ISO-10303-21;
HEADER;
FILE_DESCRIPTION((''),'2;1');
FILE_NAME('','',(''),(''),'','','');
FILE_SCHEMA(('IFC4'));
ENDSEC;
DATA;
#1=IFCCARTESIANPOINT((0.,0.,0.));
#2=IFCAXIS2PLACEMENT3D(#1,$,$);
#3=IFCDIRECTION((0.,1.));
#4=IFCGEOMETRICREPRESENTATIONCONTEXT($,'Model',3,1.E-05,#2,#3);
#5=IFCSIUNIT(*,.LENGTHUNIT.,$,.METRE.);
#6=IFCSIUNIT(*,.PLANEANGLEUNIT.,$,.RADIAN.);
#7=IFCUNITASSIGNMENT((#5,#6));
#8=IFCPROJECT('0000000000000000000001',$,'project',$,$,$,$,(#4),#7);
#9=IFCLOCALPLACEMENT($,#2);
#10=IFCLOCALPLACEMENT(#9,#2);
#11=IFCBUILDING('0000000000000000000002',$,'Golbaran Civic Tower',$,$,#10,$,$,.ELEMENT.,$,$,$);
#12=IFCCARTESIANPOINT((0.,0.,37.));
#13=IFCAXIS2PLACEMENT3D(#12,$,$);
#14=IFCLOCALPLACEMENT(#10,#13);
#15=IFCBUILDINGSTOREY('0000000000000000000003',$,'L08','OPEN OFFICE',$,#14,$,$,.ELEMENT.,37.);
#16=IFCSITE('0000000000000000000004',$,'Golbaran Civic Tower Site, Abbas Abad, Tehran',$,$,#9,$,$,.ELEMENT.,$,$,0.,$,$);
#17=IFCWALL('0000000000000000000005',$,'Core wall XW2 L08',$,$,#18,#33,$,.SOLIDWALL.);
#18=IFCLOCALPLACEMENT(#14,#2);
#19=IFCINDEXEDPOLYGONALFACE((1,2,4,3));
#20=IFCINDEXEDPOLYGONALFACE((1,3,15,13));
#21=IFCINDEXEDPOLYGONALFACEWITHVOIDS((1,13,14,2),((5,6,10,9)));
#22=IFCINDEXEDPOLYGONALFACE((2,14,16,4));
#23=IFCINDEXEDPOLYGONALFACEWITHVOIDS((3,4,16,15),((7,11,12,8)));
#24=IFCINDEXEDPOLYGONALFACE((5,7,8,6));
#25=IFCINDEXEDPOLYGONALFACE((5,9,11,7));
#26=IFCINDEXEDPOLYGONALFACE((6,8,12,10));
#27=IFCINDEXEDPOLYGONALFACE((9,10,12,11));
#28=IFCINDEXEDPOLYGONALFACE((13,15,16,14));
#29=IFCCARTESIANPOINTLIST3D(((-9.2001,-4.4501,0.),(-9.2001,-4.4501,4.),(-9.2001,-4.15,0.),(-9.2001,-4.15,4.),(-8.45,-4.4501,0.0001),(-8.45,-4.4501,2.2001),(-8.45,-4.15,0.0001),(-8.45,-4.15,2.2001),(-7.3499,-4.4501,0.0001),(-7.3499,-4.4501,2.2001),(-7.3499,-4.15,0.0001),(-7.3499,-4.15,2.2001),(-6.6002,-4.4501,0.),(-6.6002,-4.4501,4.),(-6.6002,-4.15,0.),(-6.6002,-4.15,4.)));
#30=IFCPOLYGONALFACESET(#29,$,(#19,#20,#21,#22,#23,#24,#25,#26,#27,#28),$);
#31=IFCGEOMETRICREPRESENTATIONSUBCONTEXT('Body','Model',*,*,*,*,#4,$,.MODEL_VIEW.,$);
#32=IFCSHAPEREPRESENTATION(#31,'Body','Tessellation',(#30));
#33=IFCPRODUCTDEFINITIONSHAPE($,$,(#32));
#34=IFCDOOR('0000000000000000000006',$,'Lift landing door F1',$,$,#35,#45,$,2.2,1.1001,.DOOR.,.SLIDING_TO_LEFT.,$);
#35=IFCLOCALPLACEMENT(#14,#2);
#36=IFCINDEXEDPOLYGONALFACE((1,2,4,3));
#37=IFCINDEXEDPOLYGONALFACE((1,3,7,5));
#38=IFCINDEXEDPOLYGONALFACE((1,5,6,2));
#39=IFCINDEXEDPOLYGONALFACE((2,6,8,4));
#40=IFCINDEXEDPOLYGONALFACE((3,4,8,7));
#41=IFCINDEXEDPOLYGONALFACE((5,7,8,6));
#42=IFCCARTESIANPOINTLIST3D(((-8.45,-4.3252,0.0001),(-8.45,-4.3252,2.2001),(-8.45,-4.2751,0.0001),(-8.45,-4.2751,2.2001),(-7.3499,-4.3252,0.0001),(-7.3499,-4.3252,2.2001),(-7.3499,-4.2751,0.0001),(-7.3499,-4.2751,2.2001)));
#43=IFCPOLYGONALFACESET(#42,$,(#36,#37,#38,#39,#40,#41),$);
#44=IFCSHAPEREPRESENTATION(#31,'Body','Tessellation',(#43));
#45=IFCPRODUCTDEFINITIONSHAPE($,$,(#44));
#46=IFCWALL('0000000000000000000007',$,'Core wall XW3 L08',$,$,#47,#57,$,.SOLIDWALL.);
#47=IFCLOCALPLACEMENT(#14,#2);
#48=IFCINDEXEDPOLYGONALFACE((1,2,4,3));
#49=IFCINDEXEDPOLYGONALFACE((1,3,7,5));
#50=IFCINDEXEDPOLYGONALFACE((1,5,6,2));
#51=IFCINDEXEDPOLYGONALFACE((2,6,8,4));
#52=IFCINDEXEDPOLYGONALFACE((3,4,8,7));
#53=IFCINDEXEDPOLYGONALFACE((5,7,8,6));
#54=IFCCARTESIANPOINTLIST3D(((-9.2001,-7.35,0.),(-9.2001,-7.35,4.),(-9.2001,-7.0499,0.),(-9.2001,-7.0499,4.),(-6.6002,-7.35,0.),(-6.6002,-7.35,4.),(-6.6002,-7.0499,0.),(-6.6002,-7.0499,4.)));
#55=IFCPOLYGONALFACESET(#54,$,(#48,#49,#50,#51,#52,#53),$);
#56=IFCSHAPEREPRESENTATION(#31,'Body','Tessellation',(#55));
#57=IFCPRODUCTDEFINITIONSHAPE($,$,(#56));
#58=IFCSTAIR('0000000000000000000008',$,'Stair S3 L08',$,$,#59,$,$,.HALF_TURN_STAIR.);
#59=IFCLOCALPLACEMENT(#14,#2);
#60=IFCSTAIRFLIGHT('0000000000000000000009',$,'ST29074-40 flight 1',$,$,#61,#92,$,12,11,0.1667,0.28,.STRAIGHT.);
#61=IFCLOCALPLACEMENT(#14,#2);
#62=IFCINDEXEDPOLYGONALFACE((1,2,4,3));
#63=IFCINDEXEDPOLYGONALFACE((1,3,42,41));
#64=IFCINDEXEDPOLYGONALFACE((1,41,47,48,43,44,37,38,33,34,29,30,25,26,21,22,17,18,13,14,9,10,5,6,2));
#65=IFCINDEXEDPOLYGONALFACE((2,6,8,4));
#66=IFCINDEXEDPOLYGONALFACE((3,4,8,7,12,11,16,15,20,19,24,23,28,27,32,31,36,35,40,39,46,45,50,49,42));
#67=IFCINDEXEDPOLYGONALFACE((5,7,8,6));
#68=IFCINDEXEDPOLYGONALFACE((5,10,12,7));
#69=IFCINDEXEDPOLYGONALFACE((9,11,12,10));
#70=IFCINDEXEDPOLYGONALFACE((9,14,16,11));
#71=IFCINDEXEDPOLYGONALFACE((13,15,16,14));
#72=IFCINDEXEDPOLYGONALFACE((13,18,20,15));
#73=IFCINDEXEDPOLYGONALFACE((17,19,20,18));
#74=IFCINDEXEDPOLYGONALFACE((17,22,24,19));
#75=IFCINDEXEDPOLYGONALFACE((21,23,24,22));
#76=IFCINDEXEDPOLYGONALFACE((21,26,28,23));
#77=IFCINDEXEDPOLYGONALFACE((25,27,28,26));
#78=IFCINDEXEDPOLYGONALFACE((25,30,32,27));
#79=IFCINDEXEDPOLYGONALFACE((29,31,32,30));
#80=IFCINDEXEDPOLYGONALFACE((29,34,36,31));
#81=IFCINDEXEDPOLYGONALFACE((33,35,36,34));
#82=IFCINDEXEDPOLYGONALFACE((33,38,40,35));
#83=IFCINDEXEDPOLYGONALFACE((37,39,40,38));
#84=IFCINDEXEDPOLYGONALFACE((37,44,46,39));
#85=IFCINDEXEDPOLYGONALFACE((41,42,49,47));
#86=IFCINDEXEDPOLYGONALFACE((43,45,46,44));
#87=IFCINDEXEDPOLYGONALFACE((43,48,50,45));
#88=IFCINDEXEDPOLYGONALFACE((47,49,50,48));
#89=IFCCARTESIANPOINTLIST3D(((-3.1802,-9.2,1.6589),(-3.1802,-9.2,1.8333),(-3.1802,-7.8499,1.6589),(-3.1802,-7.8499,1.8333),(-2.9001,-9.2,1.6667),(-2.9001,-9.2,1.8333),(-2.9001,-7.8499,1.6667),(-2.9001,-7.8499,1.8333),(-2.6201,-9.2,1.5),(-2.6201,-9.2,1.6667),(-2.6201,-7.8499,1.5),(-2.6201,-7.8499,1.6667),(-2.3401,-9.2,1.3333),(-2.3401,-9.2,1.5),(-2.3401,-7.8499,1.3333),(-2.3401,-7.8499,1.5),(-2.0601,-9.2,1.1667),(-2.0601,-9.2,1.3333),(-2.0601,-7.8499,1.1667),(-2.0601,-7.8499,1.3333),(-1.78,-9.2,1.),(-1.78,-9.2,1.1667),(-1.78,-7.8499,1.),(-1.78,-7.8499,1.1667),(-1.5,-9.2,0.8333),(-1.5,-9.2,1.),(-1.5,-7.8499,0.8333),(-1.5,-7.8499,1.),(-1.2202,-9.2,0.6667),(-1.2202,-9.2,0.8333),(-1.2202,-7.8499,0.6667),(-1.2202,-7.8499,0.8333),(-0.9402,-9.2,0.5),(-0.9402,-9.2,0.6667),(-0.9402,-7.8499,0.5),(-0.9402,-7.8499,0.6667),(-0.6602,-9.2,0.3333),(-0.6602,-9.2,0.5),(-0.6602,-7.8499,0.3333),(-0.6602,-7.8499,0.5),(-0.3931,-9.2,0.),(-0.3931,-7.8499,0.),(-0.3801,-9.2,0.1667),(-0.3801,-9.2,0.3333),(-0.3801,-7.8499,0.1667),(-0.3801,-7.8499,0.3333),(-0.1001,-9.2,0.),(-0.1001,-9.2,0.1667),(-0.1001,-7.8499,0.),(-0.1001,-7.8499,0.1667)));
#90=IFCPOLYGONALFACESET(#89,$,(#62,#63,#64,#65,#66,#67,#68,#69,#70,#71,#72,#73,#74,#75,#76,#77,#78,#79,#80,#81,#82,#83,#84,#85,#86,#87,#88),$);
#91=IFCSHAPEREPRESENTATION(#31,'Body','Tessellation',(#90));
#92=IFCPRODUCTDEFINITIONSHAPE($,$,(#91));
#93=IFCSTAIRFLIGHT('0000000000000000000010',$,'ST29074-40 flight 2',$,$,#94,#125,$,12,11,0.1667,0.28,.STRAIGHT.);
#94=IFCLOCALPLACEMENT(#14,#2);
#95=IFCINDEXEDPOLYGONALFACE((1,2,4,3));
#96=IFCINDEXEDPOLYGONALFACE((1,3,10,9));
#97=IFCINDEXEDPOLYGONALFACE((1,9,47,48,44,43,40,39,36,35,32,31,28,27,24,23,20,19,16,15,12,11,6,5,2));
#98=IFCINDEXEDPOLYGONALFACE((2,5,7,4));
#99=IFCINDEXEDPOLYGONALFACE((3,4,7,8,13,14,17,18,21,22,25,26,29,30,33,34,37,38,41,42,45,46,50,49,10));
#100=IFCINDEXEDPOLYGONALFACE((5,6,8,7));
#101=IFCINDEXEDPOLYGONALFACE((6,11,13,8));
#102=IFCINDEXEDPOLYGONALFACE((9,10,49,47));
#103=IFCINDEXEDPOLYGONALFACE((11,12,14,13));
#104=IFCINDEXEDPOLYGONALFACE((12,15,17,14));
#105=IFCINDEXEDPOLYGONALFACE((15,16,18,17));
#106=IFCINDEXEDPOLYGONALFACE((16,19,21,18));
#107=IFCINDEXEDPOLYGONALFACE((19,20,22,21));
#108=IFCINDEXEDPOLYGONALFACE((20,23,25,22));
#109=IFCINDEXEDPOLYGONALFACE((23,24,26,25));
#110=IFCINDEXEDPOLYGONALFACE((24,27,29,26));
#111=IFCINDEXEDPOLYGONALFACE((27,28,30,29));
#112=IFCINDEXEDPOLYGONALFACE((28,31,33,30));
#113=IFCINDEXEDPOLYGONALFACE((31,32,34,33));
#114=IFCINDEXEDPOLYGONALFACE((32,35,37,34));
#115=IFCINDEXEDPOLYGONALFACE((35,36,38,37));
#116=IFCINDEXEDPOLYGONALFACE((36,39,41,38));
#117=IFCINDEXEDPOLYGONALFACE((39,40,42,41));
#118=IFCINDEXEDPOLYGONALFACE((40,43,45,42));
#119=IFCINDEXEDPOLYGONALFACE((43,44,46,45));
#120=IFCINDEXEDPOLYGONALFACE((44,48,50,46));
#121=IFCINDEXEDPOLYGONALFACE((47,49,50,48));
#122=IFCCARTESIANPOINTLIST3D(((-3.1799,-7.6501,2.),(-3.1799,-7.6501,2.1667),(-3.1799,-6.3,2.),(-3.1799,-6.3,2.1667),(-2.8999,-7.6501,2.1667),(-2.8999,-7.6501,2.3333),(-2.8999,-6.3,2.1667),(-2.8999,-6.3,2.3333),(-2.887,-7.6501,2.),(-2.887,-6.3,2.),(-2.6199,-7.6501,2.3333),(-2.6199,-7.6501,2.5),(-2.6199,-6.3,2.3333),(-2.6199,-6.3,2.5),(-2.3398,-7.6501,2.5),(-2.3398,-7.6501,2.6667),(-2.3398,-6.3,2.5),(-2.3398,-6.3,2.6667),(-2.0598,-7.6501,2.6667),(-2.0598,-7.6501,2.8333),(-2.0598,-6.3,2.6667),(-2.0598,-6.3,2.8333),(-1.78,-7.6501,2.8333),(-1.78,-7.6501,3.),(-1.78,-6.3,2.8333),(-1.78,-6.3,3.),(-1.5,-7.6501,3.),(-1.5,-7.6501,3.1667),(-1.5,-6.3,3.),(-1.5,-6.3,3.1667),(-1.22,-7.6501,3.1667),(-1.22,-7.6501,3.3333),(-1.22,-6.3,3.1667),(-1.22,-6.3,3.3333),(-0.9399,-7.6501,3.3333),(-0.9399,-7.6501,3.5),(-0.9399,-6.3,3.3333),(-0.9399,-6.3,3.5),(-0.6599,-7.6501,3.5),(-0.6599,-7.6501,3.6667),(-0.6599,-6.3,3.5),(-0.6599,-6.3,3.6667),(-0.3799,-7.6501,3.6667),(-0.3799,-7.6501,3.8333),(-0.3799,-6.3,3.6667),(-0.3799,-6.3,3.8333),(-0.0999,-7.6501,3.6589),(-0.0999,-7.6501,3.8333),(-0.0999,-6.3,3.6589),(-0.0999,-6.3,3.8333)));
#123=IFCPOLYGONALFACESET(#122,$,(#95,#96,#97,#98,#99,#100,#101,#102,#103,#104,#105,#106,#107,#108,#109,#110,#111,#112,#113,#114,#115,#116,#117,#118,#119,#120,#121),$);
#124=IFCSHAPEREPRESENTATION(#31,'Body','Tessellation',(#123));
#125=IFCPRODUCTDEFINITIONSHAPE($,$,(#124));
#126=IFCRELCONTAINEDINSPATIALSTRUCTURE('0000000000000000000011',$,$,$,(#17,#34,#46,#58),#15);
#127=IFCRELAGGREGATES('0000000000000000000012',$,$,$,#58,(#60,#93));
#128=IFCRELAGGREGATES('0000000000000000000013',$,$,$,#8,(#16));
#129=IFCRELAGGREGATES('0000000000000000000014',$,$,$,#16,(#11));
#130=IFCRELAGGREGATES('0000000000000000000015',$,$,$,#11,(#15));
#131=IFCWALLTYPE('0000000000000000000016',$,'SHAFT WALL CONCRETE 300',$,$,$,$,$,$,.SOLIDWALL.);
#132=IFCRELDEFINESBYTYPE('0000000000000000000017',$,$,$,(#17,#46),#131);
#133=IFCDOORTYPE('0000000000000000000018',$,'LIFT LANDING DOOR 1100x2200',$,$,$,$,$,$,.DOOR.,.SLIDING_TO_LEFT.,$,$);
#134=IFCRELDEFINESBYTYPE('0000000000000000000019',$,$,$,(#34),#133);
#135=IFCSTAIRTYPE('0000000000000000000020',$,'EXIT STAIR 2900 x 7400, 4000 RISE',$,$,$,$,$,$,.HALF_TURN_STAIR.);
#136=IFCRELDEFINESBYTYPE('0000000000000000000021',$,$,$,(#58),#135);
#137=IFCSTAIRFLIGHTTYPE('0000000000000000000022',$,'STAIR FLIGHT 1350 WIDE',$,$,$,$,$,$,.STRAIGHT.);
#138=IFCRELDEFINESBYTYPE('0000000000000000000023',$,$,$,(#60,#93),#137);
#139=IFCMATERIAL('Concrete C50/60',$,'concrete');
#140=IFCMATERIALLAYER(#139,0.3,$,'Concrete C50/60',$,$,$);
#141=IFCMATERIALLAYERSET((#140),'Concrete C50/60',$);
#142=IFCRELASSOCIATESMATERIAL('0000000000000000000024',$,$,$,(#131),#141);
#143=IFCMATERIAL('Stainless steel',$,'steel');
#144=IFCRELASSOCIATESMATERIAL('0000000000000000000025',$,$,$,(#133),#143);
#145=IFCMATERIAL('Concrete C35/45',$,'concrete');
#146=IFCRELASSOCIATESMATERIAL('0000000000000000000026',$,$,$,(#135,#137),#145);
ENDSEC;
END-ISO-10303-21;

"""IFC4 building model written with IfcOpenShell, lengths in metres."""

from ifc_helpers import new_model, si_unit, direction, frame, frame_2d, origin, place, context, subcontext, project, spatial, polyline, rectangle, outline, extrude, material, layer, layer_set, type_object, element, fill, aggregate, save


model = new_model("IFC4")

# Units and contexts
model_context = context("Model", 3, precision=1e-05, world=origin(), true_north=direction((0.0, 1.0)))
body_context = subcontext(model_context, "Body", "Model", "MODEL_VIEW")
ifc_project = project(units=[si_unit("LENGTHUNIT", "METRE"), si_unit("PLANEANGLEUNIT", "RADIAN")], contexts=[model_context])

# Site, building, storey
site_placement = place(None, origin())
site = spatial("IfcSite", under=ifc_project, at=site_placement, Name="Golbaran Civic Tower Site, Abbas Abad, Tehran", CompositionType="ELEMENT", RefElevation=0.0)
building_placement = place(site_placement, origin())
building = spatial("IfcBuilding", under=site, at=building_placement, Name="Golbaran Civic Tower", CompositionType="ELEMENT")
storey_placement = place(building_placement, frame((0.0, 0.0, 37.0)))
storey = spatial("IfcBuildingStorey", under=building, at=storey_placement, Name="L08", Description="OPEN OFFICE", CompositionType="ELEMENT", Elevation=37.0)

# Shared definitions
ifc_material_1 = material(Name="Concrete C35/45", Category="concrete")

# Shared definitions
ifc_material_2 = material(Name="Concrete C50/60", Category="concrete")

# Shared definitions
ifc_layer_1 = layer(ifc_material_2, 0.3, Name="Concrete C50/60")
ifc_layer_set_1 = layer_set([ifc_layer_1], Name="Concrete C50/60")
wall_type_1 = type_object("IfcWallType", Name="SHAFT WALL CONCRETE 300", PredefinedType="SOLIDWALL", material=ifc_layer_set_1)

# Wall, opening, door
wall_1_placement = place(storey_placement, frame((-9.2, -4.3, 0.0), z_axis=(0.0, 0.0, 1.0), x_axis=(1.0, 0.0, 0.0)))
wall_1 = element("IfcWall", 1, at=wall_1_placement, inside=storey, type_object=wall_type_1, Name="Core wall XW2 L08", PredefinedType="SOLIDWALL", context=body_context, shape_type="SweptSolid", body=[
    extrude(rectangle(XDim=2.5999, YDim=0.3, at=frame_2d((1.2998, 0.0))), origin(), (0.0, 0.0, 1.0), 4.0),
])
opening_1_placement = place(wall_1_placement, frame((0.75, 0.0, 0.0)))
opening_1 = element("IfcOpeningElement", 2, at=opening_1_placement, cuts=wall_1, PredefinedType="OPENING", context=body_context, shape_type="SweptSolid", body=[
    extrude(rectangle(XDim=1.1001, YDim=2.2, at=frame_2d((0.55, 1.1001))), frame((0.0, 0.1599, 0.0), z_axis=(0.0, -1.0, 0.0), x_axis=(1.0, 0.0, 0.0)), (0.0, 0.0, 1.0), 0.3201),
])
ifc_material_3 = material(Name="Stainless steel", Category="steel")
door_type_1 = type_object("IfcDoorType", Name="LIFT LANDING DOOR 1100x2200", OperationType="SLIDING_TO_LEFT", PredefinedType="DOOR", material=ifc_material_3)
door_1_placement = place(opening_1_placement, origin())
door_1 = element("IfcDoor", 3, at=door_1_placement, inside=storey, type_object=door_type_1, Name="Lift landing door F1", OperationType="SLIDING_TO_LEFT", OverallHeight=2.2, OverallWidth=1.1001, PredefinedType="DOOR", context=body_context, shape_type="SweptSolid", body=[
    extrude(rectangle(XDim=1.1001, YDim=2.2, at=frame_2d((0.55, 1.1001))), frame((0.0, 0.0249, 0.0), z_axis=(0.0, -1.0, 0.0), x_axis=(1.0, 0.0, 0.0)), (0.0, 0.0, 1.0), 0.05),
])
fill(opening_1, door_1)

# Wall
wall_2_placement = place(storey_placement, frame((-9.2, -7.2, 0.0), z_axis=(0.0, 0.0, 1.0), x_axis=(1.0, 0.0, 0.0)))
element("IfcWall", 4, at=wall_2_placement, inside=storey, type_object=wall_type_1, Name="Core wall XW3 L08", PredefinedType="SOLIDWALL", context=body_context, shape_type="SweptSolid", body=[
    extrude(rectangle(XDim=2.5999, YDim=0.3, at=frame_2d((1.2998, 0.0))), origin(), (0.0, 0.0, 1.0), 4.0),
])

# Stair, stair flights
stair_type = type_object("IfcStairType", Name="EXIT STAIR 2900 x 7400, 4000 RISE", PredefinedType="HALF_TURN_STAIR", material=ifc_material_1)
stair_placement = place(storey_placement, origin())
stair = element("IfcStair", 5, at=stair_placement, inside=storey, type_object=stair_type, Name="Stair S3 L08", PredefinedType="HALF_TURN_STAIR")
stair_flight_type = type_object("IfcStairFlightType", Name="STAIR FLIGHT 1350 WIDE", PredefinedType="STRAIGHT", material=ifc_material_1)
stair_flight_1_placement = place(storey_placement, frame((-0.1001, -8.5249, 0.0), z_axis=(0.0, 0.0, 1.0), x_axis=(-1.0, 0.0, 0.0)))
stair_flight_1 = element("IfcStairFlight", 6, at=stair_flight_1_placement, type_object=stair_flight_type, Name="ST29074-40 flight 1", NumberOfRisers=12, NumberOfTreads=11, PredefinedType="STRAIGHT", RiserHeight=0.1667, TreadLength=0.28, context=body_context, shape_type="SweptSolid", body=[
    extrude(outline(polyline([(0.0, 0.0), (0.0, 0.1667), (0.28, 0.1667), (0.28, 0.3333), (0.5601, 0.3333), (0.5601, 0.5), (0.8401, 0.5), (0.8401, 0.6667), (1.1201, 0.6667), (1.1201, 0.8333), (1.3999, 0.8333), (1.3999, 1.0), (1.6799, 1.0), (1.6799, 1.1667), (1.96, 1.1667), (1.96, 1.3333), (2.24, 1.3333), (2.24, 1.5), (2.52, 1.5), (2.52, 1.6667), (2.8, 1.6667), (2.8, 1.8333), (3.0801, 1.8333), (3.0801, 2.0), (3.0801, 1.6589), (0.293, 0.0), (0.0, 0.0)])), frame((0.0, 0.675, 0.0), z_axis=(0.0, -1.0, 0.0), x_axis=(1.0, 0.0, 0.0)), (0.0, 0.0, 1.0), 1.3501),
])
stair_flight_2_placement = place(storey_placement, frame((-3.1799, -6.9751, 2.0), z_axis=(0.0, 0.0, 1.0), x_axis=(1.0, 0.0, 0.0)))
stair_flight_2 = element("IfcStairFlight", 7, at=stair_flight_2_placement, type_object=stair_flight_type, Name="ST29074-40 flight 2", NumberOfRisers=12, NumberOfTreads=11, PredefinedType="STRAIGHT", RiserHeight=0.1667, TreadLength=0.28, context=body_context, shape_type="SweptSolid", body=[
    extrude(outline(polyline([(0.0, 0.0), (0.0, 0.1667), (0.28, 0.1667), (0.28, 0.3333), (0.5601, 0.3333), (0.5601, 0.5), (0.8401, 0.5), (0.8401, 0.6667), (1.1201, 0.6667), (1.1201, 0.8333), (1.3999, 0.8333), (1.3999, 1.0), (1.6799, 1.0), (1.6799, 1.1667), (1.96, 1.1667), (1.96, 1.3333), (2.24, 1.3333), (2.24, 1.5), (2.52, 1.5), (2.52, 1.6667), (2.8, 1.6667), (2.8, 1.8333), (3.0801, 1.8333), (3.0801, 2.0), (3.0801, 1.6589), (0.293, 0.0), (0.0, 0.0)])), frame((0.0, 0.675, 0.0), z_axis=(0.0, -1.0, 0.0), x_axis=(1.0, 0.0, 0.0)), (0.0, 0.0, 1.0), 1.3501),
])
aggregate(stair, [stair_flight_1, stair_flight_2])

save(model, "model.ifc")
